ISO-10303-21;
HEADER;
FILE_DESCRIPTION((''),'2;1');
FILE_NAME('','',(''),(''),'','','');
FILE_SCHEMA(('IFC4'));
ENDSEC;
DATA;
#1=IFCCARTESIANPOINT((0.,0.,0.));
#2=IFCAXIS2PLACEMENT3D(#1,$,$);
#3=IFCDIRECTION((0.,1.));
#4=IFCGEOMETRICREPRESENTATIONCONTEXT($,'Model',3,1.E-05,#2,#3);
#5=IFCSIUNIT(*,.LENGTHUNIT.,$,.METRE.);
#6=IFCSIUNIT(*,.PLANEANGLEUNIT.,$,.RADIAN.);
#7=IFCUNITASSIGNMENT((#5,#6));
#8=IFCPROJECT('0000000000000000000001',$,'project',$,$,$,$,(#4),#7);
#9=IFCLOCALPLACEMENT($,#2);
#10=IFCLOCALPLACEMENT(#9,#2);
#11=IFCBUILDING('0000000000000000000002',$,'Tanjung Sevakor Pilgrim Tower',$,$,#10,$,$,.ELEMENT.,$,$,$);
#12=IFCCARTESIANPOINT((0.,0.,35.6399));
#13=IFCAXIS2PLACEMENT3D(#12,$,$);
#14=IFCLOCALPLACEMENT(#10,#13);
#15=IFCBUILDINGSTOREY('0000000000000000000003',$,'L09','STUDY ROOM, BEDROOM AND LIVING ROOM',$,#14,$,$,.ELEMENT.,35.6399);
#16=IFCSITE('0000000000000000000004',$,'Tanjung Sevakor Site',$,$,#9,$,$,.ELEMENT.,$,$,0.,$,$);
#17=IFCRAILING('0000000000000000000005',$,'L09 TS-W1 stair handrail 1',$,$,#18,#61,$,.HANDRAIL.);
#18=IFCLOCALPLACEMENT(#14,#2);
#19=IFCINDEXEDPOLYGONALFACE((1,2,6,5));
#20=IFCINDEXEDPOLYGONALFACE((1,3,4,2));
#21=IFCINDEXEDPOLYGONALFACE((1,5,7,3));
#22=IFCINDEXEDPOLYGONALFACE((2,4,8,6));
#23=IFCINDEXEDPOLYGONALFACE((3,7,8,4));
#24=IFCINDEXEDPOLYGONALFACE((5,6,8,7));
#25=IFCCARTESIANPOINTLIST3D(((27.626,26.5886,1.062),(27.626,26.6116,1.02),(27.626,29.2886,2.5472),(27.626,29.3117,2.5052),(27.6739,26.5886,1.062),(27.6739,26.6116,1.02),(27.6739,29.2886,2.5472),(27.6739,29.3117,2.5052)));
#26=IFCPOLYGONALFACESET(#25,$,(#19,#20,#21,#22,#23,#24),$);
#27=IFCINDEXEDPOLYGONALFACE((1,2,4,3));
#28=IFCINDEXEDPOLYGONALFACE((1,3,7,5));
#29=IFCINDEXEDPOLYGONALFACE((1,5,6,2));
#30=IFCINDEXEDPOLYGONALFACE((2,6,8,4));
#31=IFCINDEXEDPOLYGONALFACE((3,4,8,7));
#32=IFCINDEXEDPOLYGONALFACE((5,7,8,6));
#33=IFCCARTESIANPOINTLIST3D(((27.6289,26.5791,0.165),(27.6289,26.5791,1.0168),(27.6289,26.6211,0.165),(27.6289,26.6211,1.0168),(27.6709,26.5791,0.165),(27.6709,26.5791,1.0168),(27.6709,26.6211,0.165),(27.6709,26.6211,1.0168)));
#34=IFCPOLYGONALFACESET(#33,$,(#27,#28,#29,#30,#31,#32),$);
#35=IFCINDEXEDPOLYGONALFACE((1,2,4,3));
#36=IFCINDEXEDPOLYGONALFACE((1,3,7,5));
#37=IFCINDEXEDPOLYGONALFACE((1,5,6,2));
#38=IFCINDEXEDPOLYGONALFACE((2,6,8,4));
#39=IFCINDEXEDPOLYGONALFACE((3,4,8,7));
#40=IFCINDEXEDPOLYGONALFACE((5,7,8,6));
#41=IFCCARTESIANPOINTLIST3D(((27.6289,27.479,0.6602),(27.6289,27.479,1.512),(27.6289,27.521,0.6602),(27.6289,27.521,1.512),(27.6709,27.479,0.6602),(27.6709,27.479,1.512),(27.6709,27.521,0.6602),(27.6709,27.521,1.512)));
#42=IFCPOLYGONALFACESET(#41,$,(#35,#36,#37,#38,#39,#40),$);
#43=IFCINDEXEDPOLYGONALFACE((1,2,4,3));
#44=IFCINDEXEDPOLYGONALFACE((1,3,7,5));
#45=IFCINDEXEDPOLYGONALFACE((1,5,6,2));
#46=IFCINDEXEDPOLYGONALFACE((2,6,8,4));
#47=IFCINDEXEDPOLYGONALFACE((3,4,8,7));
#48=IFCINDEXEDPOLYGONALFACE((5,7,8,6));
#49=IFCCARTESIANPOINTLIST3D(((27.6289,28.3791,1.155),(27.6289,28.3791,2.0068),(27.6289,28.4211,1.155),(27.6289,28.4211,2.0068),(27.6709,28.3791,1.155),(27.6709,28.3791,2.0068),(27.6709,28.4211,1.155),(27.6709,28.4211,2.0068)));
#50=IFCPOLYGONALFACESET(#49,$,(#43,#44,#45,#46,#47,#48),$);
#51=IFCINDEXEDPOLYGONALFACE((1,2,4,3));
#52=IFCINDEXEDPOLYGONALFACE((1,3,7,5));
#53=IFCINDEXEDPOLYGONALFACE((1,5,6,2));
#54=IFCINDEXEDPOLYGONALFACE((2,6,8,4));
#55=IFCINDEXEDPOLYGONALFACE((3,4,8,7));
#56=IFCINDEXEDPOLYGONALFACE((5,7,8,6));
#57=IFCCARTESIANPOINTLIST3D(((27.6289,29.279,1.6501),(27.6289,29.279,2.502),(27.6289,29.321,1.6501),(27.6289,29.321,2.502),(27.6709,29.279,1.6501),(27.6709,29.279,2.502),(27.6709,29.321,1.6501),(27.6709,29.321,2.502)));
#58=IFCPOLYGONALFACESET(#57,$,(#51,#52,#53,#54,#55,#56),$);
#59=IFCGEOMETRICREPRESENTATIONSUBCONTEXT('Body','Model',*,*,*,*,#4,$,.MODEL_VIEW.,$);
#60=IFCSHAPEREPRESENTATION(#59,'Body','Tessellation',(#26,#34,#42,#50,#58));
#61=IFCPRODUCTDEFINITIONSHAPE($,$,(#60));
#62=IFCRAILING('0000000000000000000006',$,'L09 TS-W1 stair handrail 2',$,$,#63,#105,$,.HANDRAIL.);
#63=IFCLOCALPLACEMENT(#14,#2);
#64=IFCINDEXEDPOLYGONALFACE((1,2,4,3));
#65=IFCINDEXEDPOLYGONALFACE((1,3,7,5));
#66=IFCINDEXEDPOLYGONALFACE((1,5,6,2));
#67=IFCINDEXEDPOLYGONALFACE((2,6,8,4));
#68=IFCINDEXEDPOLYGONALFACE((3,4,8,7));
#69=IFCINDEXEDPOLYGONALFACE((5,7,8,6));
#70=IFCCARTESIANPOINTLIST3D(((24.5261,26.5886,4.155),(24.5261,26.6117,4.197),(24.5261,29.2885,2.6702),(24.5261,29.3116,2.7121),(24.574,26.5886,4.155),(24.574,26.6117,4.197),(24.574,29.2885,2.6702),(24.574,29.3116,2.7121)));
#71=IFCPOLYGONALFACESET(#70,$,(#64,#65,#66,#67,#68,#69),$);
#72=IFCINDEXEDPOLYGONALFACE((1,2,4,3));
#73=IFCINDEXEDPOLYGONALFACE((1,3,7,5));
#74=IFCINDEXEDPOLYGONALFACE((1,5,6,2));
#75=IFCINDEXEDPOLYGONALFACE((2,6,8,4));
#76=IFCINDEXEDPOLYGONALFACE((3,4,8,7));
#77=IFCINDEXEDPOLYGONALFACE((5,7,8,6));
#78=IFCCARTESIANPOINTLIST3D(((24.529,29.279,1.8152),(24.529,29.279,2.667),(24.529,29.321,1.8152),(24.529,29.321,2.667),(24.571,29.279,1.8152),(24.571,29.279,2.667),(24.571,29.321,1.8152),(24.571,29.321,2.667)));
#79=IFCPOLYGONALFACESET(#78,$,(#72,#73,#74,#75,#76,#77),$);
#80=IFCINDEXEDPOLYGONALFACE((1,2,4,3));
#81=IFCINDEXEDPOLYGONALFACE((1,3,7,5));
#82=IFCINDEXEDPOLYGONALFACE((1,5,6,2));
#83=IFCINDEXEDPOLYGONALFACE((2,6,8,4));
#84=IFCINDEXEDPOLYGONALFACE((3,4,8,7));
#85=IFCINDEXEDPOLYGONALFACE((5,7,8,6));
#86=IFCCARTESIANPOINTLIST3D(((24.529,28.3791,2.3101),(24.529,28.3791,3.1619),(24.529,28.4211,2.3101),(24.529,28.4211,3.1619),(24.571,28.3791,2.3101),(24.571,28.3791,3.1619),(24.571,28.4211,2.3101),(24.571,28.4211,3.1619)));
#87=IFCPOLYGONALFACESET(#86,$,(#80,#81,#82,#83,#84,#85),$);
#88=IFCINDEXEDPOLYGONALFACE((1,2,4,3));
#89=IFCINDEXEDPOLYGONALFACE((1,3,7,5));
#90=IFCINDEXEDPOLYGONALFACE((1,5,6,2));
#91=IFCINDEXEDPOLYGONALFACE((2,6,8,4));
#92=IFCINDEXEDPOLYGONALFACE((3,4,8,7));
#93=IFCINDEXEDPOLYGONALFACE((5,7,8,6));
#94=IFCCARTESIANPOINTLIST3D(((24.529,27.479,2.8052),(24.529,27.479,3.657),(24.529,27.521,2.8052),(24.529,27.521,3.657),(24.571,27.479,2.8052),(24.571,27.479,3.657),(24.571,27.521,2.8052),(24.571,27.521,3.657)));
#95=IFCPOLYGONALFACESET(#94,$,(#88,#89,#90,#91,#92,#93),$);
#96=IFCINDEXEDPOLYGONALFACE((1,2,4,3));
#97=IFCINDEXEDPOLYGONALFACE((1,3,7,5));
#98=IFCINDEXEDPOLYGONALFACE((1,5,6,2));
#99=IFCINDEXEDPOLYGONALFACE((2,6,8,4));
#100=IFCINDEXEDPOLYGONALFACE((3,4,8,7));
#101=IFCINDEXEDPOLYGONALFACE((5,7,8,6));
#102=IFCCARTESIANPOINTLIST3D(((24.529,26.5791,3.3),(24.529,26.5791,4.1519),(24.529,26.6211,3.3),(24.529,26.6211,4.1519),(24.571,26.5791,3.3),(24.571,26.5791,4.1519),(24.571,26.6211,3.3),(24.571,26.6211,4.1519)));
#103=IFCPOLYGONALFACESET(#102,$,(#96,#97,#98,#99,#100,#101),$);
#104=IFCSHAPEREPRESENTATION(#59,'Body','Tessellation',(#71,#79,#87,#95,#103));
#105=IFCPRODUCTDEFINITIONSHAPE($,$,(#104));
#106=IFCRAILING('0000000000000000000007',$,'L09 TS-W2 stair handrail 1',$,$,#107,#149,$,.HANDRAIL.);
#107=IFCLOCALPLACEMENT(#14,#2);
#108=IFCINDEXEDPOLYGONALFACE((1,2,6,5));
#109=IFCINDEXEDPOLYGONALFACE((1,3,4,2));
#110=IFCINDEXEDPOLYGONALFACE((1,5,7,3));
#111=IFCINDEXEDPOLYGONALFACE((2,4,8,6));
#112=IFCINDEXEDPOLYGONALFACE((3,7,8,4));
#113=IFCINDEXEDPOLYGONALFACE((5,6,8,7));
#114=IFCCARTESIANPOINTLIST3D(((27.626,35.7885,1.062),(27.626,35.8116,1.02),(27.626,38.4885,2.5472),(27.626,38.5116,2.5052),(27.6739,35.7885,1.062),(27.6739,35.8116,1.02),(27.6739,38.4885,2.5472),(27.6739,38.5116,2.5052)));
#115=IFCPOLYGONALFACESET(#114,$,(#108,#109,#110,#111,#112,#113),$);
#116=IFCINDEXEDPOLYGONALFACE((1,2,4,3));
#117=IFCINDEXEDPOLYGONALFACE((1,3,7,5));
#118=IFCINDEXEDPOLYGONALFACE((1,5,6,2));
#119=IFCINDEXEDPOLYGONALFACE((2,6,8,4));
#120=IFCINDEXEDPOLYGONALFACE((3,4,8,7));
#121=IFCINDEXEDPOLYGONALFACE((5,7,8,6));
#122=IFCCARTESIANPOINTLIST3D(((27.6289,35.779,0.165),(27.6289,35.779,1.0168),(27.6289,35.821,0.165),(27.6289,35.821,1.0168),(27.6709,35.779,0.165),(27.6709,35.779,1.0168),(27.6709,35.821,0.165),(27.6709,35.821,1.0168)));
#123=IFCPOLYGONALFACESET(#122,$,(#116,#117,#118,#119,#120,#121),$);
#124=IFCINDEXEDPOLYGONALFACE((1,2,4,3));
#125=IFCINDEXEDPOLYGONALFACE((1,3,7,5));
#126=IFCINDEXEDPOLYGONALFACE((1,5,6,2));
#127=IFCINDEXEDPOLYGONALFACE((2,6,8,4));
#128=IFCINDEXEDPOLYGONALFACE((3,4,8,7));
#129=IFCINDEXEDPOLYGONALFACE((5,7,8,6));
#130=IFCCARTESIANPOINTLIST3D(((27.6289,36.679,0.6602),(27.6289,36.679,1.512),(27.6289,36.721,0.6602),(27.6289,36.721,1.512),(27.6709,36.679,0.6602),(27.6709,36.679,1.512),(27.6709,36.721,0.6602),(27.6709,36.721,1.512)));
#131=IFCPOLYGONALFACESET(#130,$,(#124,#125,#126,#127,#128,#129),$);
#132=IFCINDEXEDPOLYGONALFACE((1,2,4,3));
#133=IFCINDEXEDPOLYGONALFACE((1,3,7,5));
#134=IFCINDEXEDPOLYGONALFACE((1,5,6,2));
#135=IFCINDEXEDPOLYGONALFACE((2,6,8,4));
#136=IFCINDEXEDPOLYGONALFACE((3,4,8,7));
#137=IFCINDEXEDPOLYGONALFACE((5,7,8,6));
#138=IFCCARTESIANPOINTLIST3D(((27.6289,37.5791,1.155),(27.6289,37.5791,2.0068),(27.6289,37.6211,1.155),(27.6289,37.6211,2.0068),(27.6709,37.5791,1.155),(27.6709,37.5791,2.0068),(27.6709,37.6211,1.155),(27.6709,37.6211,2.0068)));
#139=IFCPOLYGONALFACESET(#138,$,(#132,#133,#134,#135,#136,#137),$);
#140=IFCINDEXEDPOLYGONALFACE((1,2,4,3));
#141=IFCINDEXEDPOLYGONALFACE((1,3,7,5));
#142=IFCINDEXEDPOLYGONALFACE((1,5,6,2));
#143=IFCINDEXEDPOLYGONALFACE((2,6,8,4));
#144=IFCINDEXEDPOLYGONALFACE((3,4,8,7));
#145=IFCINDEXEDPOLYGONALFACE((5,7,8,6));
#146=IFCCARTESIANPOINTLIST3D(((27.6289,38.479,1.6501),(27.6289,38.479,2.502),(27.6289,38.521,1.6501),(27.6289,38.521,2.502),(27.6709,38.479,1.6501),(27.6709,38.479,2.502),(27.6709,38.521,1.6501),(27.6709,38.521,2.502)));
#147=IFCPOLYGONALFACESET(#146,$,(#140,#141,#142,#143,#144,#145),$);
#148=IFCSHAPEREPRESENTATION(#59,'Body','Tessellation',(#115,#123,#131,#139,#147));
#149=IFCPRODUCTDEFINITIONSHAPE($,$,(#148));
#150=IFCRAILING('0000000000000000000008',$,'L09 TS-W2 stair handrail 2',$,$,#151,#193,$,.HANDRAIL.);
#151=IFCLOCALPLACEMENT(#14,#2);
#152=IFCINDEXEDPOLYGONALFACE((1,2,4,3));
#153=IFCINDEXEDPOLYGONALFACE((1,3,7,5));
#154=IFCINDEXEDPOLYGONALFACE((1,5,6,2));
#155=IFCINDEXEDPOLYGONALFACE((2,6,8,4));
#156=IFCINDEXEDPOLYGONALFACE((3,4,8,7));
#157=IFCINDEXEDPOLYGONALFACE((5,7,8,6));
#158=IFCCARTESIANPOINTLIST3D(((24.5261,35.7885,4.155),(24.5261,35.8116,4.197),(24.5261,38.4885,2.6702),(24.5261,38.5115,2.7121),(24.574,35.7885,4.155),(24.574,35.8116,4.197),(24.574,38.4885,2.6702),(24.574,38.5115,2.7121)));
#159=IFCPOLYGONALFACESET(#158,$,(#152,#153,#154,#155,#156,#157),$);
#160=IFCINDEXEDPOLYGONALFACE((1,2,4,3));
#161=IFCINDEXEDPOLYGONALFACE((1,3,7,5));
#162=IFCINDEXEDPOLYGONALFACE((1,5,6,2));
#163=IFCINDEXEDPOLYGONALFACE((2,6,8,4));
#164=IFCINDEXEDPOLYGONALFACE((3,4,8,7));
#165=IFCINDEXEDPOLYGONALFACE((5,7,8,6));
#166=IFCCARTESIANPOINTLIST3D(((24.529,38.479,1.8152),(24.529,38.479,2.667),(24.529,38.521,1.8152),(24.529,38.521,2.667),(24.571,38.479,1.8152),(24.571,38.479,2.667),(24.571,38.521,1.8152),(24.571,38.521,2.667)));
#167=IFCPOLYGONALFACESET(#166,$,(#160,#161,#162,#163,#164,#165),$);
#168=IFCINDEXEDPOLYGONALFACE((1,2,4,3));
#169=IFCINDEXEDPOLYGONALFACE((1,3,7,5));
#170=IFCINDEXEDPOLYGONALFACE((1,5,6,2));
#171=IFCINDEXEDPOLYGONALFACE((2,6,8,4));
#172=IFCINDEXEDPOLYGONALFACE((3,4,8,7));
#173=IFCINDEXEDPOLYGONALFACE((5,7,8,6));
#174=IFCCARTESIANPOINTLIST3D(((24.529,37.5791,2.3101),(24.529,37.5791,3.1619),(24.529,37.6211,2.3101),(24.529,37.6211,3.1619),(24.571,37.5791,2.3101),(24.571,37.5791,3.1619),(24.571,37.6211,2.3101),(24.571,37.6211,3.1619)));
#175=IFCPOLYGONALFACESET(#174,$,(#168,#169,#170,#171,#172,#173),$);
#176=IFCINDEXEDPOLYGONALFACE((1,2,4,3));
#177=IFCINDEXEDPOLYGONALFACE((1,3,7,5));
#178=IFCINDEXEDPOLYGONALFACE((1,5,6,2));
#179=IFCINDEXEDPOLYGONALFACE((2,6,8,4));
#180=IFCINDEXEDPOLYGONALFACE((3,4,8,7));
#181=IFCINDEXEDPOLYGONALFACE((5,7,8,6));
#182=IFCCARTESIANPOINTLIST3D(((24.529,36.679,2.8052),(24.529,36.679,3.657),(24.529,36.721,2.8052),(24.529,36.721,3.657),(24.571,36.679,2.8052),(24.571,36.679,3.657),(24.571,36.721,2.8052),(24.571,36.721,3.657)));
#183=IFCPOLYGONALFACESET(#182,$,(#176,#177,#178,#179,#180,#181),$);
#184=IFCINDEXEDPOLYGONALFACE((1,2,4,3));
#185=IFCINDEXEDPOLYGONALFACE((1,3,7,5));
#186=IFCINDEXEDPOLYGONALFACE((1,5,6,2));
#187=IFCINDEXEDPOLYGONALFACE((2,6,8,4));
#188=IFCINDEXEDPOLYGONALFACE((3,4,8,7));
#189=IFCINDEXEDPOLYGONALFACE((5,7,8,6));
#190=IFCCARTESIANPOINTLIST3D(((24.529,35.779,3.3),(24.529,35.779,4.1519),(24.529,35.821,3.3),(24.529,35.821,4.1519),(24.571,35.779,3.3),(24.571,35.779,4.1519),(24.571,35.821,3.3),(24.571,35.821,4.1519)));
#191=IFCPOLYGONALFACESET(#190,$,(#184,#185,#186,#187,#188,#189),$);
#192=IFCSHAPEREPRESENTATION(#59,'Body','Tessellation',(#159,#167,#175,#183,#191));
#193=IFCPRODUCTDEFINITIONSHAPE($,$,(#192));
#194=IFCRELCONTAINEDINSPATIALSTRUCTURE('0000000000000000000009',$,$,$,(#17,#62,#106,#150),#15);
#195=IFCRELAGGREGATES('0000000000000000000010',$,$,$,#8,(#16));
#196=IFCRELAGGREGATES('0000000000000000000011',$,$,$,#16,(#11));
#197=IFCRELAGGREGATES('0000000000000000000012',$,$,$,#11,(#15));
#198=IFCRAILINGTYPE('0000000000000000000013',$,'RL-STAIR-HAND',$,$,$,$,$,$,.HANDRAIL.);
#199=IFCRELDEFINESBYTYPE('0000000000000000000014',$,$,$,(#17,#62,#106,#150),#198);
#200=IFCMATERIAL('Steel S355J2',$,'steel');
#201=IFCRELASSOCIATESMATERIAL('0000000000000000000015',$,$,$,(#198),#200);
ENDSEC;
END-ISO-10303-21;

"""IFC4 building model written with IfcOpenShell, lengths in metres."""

from ifc_helpers import new_model, si_unit, direction, frame, origin, place, context, subcontext, project, spatial, rectangle, extrude, material, type_object, element, save


model = new_model("IFC4")

# Units and contexts
model_context = context("Model", 3, precision=1e-05, world=origin(), true_north=direction((0.0, 1.0)))
body_context = subcontext(model_context, "Body", "Model", "MODEL_VIEW")
ifc_project = project(units=[si_unit("LENGTHUNIT", "METRE"), si_unit("PLANEANGLEUNIT", "RADIAN")], contexts=[model_context])

# Site, building, storey
site_placement = place(None, origin())
site = spatial("IfcSite", under=ifc_project, at=site_placement, Name="Tanjung Sevakor Site", CompositionType="ELEMENT", RefElevation=0.0)
building_placement = place(site_placement, origin())
building = spatial("IfcBuilding", under=site, at=building_placement, Name="Tanjung Sevakor Pilgrim Tower", CompositionType="ELEMENT")
storey_placement = place(building_placement, frame((0.0, 0.0, 35.6399)))
storey = spatial("IfcBuildingStorey", under=building, at=storey_placement, Name="L09", Description="STUDY ROOM, BEDROOM AND LIVING ROOM", CompositionType="ELEMENT", Elevation=35.6399)

# Railings
ifc_material_1 = material(Name="Steel S355J2", Category="steel")
railing_type_1 = type_object("IfcRailingType", Name="RL-STAIR-HAND", PredefinedType="HANDRAIL", material=ifc_material_1)
railing_1_placement = place(storey_placement, frame((27.6499, 26.6001, 0.165)))
element("IfcRailing", 1, at=railing_1_placement, inside=storey, type_object=railing_type_1, Name="L09 TS-W1 stair handrail 1", PredefinedType="HANDRAIL", context=body_context, shape_type="SweptSolid", body=[
    extrude(rectangle(XDim=0.0479, YDim=0.0479), frame((0.0, 0.0, 0.876), z_axis=(0.0, 0.876198, 0.481952), x_axis=(-1.0, 0.0, 0.0)), (0.0, 0.0, 1.0), 3.0815),
    extrude(rectangle(XDim=0.042, YDim=0.042), origin(), (0.0, 0.0, 1.0), 0.8518),
    extrude(rectangle(XDim=0.042, YDim=0.042), frame((0.0, 0.8999, 0.4951)), (0.0, 0.0, 1.0), 0.8518),
    extrude(rectangle(XDim=0.042, YDim=0.042), frame((0.0, 1.8, 0.99)), (0.0, 0.0, 1.0), 0.8518),
    extrude(rectangle(XDim=0.042, YDim=0.042), frame((0.0, 2.7, 1.4851)), (0.0, 0.0, 1.0), 0.8518),
])
railing_2_placement = place(storey_placement, frame((24.55, 29.3, 1.8152)))
element("IfcRailing", 2, at=railing_2_placement, inside=storey, type_object=railing_type_1, Name="L09 TS-W1 stair handrail 2", PredefinedType="HANDRAIL", context=body_context, shape_type="SweptSolid", body=[
    extrude(rectangle(XDim=0.0479, YDim=0.0479), frame((0.0, 0.0, 0.876), z_axis=(0.0, -0.876231, 0.481891), x_axis=(1.0, 0.0, 0.0)), (0.0, 0.0, 1.0), 3.0813),
    extrude(rectangle(XDim=0.042, YDim=0.042), origin(), (0.0, 0.0, 1.0), 0.8518),
    extrude(rectangle(XDim=0.042, YDim=0.042), frame((0.0, -0.8999, 0.4949)), (0.0, 0.0, 1.0), 0.8518),
    extrude(rectangle(XDim=0.042, YDim=0.042), frame((0.0, -1.8, 0.99)), (0.0, 0.0, 1.0), 0.8518),
    extrude(rectangle(XDim=0.042, YDim=0.042), frame((0.0, -2.7, 1.4849)), (0.0, 0.0, 1.0), 0.8518),
])
railing_3_placement = place(storey_placement, frame((27.6499, 35.8, 0.165)))
element("IfcRailing", 3, at=railing_3_placement, inside=storey, type_object=railing_type_1, Name="L09 TS-W2 stair handrail 1", PredefinedType="HANDRAIL", context=body_context, shape_type="SweptSolid", body=[
    extrude(rectangle(XDim=0.0479, YDim=0.0479), frame((0.0, 0.0, 0.876), z_axis=(0.0, 0.876198, 0.481952), x_axis=(-1.0, 0.0, 0.0)), (0.0, 0.0, 1.0), 3.0815),
    extrude(rectangle(XDim=0.042, YDim=0.042), origin(), (0.0, 0.0, 1.0), 0.8518),
    extrude(rectangle(XDim=0.042, YDim=0.042), frame((0.0, 0.8999, 0.4951)), (0.0, 0.0, 1.0), 0.8518),
    extrude(rectangle(XDim=0.042, YDim=0.042), frame((0.0, 1.8, 0.99)), (0.0, 0.0, 1.0), 0.8518),
    extrude(rectangle(XDim=0.042, YDim=0.042), frame((0.0, 2.7, 1.4851)), (0.0, 0.0, 1.0), 0.8518),
])
railing_4_placement = place(storey_placement, frame((24.55, 38.5, 1.8152)))
element("IfcRailing", 4, at=railing_4_placement, inside=storey, type_object=railing_type_1, Name="L09 TS-W2 stair handrail 2", PredefinedType="HANDRAIL", context=body_context, shape_type="SweptSolid", body=[
    extrude(rectangle(XDim=0.0479, YDim=0.0479), frame((0.0, 0.0, 0.876), z_axis=(0.0, -0.876231, 0.481891), x_axis=(1.0, 0.0, 0.0)), (0.0, 0.0, 1.0), 3.0813),
    extrude(rectangle(XDim=0.042, YDim=0.042), origin(), (0.0, 0.0, 1.0), 0.8518),
    extrude(rectangle(XDim=0.042, YDim=0.042), frame((0.0, -0.8999, 0.4949)), (0.0, 0.0, 1.0), 0.8518),
    extrude(rectangle(XDim=0.042, YDim=0.042), frame((0.0, -1.8, 0.99)), (0.0, 0.0, 1.0), 0.8518),
    extrude(rectangle(XDim=0.042, YDim=0.042), frame((0.0, -2.7, 1.4849)), (0.0, 0.0, 1.0), 0.8518),
])

save(model, "model.ifc")
